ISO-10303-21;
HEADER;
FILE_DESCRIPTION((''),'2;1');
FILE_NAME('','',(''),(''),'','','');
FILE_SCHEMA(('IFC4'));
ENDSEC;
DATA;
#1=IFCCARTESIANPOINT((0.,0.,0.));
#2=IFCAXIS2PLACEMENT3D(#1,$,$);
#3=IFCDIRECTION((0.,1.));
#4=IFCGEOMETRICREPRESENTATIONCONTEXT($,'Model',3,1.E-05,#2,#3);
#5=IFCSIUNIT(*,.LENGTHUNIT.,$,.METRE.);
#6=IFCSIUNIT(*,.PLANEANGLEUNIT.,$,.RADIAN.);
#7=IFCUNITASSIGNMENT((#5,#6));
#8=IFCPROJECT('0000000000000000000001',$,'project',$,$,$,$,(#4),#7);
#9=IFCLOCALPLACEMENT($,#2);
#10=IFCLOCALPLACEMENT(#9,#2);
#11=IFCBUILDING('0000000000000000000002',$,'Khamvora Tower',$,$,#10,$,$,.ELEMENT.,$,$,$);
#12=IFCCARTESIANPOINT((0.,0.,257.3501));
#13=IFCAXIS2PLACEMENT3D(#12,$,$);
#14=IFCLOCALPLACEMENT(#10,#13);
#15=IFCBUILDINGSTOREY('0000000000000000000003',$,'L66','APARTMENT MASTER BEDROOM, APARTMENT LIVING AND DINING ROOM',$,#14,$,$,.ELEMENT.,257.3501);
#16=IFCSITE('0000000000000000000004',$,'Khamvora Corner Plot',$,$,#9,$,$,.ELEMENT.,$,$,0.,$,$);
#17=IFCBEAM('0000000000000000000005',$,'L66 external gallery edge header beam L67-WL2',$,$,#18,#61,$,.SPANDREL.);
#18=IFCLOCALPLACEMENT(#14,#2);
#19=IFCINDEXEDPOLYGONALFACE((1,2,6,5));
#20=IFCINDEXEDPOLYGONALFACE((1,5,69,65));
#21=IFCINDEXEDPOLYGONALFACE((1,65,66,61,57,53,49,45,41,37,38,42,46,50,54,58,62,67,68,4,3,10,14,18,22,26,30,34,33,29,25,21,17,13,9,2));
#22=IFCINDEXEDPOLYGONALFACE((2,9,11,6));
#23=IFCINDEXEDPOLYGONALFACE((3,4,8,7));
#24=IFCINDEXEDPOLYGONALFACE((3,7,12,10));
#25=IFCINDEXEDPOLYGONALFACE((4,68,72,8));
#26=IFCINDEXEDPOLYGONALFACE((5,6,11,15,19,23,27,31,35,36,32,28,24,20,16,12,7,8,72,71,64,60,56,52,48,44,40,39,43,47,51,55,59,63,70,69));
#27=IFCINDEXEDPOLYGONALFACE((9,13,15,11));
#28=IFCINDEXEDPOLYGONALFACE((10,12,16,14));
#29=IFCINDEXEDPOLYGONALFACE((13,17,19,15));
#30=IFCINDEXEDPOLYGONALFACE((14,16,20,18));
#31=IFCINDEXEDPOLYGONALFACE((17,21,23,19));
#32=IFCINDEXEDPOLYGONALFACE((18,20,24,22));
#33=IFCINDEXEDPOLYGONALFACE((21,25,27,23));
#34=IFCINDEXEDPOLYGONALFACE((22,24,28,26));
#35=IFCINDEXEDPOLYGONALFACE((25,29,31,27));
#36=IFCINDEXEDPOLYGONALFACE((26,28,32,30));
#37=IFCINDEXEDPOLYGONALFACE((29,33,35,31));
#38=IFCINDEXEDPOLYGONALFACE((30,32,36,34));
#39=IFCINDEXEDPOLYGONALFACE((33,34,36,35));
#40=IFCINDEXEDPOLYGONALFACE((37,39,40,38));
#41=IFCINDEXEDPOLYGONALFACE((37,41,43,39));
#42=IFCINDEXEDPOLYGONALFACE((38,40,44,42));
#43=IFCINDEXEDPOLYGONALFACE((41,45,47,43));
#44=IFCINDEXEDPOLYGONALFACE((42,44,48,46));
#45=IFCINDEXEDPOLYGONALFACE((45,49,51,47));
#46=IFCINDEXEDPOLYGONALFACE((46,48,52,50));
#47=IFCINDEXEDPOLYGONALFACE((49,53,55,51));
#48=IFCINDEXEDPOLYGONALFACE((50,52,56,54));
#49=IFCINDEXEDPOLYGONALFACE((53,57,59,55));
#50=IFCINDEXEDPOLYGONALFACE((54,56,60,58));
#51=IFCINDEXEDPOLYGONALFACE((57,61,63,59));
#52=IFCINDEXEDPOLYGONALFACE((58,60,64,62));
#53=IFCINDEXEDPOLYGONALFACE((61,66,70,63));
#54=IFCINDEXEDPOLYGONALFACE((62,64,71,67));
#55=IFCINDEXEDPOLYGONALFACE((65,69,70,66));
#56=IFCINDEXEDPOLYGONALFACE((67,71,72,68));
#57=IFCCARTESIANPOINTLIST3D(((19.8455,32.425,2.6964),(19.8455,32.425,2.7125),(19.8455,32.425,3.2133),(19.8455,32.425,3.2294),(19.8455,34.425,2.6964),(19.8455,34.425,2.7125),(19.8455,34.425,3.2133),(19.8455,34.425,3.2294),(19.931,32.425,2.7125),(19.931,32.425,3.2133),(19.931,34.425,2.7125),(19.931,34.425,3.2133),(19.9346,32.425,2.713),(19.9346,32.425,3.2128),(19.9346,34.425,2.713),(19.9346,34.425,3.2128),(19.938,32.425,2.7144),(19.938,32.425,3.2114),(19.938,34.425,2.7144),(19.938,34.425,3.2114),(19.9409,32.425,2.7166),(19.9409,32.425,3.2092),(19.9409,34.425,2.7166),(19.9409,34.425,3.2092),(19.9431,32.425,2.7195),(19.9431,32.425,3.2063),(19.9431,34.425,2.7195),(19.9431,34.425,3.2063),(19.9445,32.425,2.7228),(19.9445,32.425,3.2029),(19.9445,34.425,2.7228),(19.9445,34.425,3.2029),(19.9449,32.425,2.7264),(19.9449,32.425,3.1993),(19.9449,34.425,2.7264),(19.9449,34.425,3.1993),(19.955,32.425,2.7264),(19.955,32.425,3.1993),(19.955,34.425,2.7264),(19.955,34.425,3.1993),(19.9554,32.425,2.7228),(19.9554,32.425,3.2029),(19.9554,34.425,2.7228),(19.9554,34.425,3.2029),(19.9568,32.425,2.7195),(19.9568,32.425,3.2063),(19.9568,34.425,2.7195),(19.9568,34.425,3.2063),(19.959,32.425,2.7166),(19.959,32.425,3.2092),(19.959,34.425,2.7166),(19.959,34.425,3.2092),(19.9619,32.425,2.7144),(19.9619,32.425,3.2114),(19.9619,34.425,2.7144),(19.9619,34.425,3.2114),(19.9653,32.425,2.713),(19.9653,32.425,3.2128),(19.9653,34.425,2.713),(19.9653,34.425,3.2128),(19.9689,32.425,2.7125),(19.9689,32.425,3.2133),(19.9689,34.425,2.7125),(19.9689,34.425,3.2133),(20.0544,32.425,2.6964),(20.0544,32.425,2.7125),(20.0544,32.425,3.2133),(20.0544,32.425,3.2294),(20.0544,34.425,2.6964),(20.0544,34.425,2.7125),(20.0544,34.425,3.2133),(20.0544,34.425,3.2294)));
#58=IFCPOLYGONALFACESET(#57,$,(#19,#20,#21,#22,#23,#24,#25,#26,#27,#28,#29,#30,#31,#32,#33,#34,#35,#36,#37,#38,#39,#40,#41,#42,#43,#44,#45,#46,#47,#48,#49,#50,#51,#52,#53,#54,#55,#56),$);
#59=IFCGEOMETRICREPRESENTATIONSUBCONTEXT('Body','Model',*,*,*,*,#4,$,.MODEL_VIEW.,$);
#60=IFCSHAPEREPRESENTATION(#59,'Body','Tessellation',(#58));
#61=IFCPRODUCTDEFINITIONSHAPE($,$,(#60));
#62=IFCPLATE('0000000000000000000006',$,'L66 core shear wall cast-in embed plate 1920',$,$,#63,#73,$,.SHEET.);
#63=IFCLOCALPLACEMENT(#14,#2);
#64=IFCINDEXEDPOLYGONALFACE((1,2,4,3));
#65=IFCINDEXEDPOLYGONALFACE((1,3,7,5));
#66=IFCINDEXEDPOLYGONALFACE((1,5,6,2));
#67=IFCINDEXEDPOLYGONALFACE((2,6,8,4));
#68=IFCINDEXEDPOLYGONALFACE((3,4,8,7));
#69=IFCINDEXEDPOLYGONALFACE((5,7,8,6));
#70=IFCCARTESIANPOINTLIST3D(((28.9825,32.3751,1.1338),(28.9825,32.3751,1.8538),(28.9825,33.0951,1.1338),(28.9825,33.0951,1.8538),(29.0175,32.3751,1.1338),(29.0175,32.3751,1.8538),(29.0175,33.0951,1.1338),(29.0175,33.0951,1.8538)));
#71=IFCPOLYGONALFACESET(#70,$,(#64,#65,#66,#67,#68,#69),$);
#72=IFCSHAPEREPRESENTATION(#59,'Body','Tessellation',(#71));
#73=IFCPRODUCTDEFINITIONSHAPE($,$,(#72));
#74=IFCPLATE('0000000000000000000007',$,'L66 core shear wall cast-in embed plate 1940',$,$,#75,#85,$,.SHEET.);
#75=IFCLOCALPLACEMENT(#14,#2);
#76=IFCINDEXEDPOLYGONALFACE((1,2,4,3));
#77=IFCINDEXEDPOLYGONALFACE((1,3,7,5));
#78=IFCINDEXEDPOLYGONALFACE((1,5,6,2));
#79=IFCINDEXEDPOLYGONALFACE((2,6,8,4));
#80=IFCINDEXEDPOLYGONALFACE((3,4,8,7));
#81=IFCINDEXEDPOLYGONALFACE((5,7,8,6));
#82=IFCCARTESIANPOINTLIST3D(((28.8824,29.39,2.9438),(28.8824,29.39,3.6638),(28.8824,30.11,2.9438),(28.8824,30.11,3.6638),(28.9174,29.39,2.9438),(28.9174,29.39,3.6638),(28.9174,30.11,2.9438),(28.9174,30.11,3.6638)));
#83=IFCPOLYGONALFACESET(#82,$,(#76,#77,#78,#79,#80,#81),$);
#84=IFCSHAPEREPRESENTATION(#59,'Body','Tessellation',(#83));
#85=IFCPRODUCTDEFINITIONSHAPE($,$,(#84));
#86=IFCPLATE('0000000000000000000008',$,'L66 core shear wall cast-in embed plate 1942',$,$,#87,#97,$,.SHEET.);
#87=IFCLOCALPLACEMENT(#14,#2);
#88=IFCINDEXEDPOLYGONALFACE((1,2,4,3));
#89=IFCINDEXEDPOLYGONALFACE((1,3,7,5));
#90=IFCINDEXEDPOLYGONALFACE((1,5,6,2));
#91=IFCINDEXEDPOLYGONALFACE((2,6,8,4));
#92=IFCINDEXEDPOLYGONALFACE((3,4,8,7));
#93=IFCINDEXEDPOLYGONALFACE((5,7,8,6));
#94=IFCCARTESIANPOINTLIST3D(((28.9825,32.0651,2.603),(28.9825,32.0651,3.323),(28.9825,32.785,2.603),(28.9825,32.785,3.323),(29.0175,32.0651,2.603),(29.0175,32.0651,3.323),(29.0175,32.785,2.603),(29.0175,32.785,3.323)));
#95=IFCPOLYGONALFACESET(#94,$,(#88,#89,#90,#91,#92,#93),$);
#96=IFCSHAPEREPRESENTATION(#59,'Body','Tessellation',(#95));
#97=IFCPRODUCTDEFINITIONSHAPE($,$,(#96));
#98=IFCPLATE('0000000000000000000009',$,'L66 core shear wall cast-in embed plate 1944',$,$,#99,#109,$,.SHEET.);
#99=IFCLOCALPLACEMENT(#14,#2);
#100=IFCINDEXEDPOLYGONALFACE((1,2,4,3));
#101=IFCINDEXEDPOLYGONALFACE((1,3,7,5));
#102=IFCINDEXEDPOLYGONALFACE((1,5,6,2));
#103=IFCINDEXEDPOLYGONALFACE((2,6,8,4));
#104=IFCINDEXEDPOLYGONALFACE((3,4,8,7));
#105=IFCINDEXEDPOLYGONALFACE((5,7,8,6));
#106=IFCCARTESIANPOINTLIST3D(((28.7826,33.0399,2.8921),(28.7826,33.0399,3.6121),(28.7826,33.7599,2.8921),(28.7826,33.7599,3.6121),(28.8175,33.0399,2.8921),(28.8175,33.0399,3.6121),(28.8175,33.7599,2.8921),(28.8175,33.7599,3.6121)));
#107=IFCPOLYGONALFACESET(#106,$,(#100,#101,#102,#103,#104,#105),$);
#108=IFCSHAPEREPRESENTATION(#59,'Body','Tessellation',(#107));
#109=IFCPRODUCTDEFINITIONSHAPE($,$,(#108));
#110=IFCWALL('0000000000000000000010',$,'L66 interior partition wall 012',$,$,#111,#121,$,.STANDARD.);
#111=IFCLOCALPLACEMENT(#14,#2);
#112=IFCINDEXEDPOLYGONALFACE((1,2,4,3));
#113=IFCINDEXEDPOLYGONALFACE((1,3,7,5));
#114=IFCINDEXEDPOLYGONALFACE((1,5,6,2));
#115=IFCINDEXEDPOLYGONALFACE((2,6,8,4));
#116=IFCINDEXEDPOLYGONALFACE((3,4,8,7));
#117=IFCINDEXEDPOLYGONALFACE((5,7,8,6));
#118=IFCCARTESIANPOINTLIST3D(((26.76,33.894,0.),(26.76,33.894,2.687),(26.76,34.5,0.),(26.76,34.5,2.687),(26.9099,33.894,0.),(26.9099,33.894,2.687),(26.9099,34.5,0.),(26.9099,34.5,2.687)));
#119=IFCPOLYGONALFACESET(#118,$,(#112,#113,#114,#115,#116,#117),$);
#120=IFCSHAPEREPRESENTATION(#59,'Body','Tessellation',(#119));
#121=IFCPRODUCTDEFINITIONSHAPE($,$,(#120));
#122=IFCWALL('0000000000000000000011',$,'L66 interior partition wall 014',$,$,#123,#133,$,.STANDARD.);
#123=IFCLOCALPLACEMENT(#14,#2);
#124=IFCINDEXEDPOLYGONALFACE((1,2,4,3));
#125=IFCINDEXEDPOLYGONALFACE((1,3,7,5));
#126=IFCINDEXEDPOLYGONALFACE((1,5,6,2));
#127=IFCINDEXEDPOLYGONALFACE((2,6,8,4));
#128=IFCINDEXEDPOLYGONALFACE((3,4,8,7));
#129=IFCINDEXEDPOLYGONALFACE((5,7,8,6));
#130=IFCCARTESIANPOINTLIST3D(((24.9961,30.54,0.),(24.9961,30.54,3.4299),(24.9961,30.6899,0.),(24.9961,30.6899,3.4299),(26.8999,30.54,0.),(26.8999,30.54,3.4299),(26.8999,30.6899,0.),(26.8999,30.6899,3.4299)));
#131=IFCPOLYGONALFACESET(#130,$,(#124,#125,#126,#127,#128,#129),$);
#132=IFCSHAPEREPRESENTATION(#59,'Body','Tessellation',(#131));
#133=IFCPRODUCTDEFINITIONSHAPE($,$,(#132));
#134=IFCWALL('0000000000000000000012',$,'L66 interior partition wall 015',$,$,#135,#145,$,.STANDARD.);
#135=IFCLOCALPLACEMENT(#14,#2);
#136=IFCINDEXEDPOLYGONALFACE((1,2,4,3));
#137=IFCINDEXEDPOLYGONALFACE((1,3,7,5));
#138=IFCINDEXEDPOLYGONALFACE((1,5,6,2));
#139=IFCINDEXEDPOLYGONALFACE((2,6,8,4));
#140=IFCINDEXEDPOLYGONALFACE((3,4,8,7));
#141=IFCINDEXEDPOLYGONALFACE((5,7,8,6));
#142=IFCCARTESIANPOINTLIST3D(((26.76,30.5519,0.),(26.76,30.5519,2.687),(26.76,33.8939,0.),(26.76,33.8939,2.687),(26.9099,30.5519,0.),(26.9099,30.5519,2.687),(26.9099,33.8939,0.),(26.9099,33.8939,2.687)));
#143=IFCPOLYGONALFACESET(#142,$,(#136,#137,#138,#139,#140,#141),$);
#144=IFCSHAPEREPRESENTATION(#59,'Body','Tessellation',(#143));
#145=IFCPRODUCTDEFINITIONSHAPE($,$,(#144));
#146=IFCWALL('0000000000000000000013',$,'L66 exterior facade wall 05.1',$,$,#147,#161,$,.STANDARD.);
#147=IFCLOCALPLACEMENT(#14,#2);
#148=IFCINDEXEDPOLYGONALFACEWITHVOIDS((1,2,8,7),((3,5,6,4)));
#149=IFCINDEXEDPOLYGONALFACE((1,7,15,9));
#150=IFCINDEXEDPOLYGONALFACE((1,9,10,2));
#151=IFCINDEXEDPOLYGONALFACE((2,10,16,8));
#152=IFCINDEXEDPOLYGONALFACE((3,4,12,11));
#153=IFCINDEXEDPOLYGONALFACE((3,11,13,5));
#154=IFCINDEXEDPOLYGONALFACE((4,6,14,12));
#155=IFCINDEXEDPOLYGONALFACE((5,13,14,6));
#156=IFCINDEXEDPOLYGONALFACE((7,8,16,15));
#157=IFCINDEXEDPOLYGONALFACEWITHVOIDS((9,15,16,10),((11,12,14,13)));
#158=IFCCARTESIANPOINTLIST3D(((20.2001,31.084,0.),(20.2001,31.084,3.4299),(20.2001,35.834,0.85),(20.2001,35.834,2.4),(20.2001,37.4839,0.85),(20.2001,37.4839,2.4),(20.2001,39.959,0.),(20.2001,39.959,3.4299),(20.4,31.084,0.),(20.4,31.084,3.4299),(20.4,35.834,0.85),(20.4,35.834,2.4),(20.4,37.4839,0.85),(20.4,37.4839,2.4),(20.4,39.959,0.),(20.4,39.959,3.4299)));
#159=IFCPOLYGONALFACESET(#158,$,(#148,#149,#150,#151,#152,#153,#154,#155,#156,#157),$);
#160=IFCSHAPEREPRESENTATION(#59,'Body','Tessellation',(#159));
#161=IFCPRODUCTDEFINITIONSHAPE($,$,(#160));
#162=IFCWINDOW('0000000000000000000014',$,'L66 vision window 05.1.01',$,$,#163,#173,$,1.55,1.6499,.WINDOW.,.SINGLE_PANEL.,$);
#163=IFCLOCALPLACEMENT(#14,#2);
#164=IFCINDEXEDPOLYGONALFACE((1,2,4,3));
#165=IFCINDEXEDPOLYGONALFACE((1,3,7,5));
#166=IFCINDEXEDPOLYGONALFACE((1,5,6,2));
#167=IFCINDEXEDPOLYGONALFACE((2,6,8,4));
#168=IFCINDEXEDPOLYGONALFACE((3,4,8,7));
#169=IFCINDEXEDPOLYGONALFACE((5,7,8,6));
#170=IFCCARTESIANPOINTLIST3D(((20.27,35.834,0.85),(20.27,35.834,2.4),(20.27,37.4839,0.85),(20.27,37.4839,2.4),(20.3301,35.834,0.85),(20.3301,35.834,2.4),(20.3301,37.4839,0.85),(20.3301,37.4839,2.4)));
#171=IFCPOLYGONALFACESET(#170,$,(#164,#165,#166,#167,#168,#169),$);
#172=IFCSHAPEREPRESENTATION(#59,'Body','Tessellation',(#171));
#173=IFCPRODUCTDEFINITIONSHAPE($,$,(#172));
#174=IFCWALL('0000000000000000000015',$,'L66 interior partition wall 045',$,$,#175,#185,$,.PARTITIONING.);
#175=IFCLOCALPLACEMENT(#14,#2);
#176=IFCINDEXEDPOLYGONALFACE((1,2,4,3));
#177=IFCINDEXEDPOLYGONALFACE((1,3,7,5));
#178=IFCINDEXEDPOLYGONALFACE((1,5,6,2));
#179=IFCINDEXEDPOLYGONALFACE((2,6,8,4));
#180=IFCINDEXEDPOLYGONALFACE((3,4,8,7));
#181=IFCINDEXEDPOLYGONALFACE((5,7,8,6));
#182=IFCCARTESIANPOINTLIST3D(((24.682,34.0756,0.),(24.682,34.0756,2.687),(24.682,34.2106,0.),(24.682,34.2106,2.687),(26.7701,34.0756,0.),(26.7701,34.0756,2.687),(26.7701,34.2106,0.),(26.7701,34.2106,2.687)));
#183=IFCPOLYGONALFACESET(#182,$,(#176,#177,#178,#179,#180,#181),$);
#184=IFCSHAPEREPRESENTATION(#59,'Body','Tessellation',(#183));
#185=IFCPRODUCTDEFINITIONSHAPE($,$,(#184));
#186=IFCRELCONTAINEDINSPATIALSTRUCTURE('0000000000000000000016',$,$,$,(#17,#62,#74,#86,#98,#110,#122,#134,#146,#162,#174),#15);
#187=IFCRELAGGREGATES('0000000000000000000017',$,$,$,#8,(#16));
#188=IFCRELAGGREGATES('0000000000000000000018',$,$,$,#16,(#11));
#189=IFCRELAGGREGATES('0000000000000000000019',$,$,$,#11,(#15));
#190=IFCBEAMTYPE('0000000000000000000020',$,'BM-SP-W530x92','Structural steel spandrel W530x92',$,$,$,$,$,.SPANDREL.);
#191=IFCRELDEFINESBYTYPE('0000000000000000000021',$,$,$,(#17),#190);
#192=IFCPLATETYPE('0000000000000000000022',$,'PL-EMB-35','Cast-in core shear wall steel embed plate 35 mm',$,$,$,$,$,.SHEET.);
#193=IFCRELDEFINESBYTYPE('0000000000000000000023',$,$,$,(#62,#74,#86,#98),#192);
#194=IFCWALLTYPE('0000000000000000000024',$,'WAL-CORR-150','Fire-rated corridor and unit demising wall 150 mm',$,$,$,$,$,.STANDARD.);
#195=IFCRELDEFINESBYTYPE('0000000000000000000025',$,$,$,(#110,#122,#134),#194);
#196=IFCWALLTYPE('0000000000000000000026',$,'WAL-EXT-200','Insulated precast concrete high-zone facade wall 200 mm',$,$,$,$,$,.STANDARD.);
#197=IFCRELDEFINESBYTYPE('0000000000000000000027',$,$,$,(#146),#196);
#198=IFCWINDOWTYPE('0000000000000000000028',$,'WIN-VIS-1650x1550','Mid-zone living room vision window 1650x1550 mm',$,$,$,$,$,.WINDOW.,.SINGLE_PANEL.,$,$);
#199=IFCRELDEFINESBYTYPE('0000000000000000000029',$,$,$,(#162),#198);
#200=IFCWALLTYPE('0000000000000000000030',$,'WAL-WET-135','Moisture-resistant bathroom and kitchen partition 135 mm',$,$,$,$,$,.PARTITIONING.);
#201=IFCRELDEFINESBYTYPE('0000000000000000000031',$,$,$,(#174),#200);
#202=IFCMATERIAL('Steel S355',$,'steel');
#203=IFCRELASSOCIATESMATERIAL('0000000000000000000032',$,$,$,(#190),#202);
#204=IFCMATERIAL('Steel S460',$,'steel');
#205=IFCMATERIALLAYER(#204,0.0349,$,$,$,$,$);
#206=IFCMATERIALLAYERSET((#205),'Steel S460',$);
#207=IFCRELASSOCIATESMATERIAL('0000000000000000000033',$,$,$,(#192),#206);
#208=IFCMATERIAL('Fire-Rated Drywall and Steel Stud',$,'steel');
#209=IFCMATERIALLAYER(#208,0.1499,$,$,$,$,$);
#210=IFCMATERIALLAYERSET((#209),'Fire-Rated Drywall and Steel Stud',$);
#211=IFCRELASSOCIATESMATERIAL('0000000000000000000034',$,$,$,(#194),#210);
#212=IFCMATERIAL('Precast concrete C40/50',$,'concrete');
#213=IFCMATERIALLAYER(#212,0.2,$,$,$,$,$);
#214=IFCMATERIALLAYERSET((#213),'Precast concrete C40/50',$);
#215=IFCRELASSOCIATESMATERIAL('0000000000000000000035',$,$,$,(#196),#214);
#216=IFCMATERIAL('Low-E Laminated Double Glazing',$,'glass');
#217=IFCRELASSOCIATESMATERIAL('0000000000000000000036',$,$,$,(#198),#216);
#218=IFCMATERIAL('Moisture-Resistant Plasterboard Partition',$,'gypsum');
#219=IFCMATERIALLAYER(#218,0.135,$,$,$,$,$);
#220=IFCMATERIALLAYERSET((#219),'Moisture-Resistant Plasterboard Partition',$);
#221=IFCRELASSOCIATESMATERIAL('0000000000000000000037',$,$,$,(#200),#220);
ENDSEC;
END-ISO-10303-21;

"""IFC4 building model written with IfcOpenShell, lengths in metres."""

from ifc_helpers import new_model, si_unit, direction, frame, frame_2d, origin, origin_2d, place, context, subcontext, project, spatial, rectangle, i_section, extrude, material, layer, layer_set, material_profile, profile_set, type_object, element, fill, save


model = new_model("IFC4")

# Units and contexts
model_context = context("Model", 3, precision=1e-05, world=origin(), true_north=direction((0.0, 1.0)))
body_context = subcontext(model_context, "Body", "Model", "MODEL_VIEW")
ifc_project = project(units=[si_unit("LENGTHUNIT", "METRE"), si_unit("PLANEANGLEUNIT", "RADIAN")], contexts=[model_context])

# Site, building, storey
site_placement = place(None, origin())
site = spatial("IfcSite", under=ifc_project, at=site_placement, Name="Khamvora Corner Plot", CompositionType="ELEMENT", RefElevation=0.0)
building_placement = place(site_placement, origin())
building = spatial("IfcBuilding", under=site, at=building_placement, Name="Khamvora Tower", CompositionType="ELEMENT")
storey_placement = place(building_placement, frame((0.0, 0.0, 257.3501)))
storey = spatial("IfcBuildingStorey", under=building, at=storey_placement, Name="L66", Description="APARTMENT MASTER BEDROOM, APARTMENT LIVING AND DINING ROOM", CompositionType="ELEMENT", Elevation=257.3501)

# Beam
ifc_material_1 = material(Name="Steel S355", Category="steel")
ifc_material_profile_1 = material_profile(ifc_material_1, i_section(OverallWidth=0.209, OverallDepth=0.533, WebThickness=0.01, FlangeThickness=0.0161, FilletRadius=0.0139, at=origin_2d()), Name="W530x92")
ifc_profile_set_1 = profile_set([ifc_material_profile_1], Name="Steel S355")
beam_type_1 = type_object("IfcBeamType", Name="BM-SP-W530x92", Description="Structural steel spandrel W530x92", PredefinedType="SPANDREL", material=ifc_profile_set_1)
beam_1_placement = place(storey_placement, frame((19.95, 32.425, 2.9629), z_axis=(0.0, 1.0, 0.0), x_axis=(-1.0, 0.0, 0.0)))
element("IfcBeam", 1, at=beam_1_placement, inside=storey, type_object=beam_type_1, Name="L66 external gallery edge header beam L67-WL2", PredefinedType="SPANDREL", context=body_context, shape_type="SweptSolid", body=[
    extrude(i_section(OverallWidth=0.209, OverallDepth=0.533, WebThickness=0.01, FlangeThickness=0.0161, FilletRadius=0.0139, at=origin_2d()), origin(), (0.0, 0.0, 1.0), 2.0),
])

# Plates
ifc_material_2 = material(Name="Steel S460", Category="steel")
ifc_layer_1 = layer(ifc_material_2, 0.0349)
ifc_layer_set_1 = layer_set([ifc_layer_1], Name="Steel S460")
plate_type = type_object("IfcPlateType", Name="PL-EMB-35", Description="Cast-in core shear wall steel embed plate 35 mm", PredefinedType="SHEET", material=ifc_layer_set_1)
for number, where, z_axis, x_axis, name in (
    (2, (29.0, 32.7351, 1.1338), (0.0, 0.0, 1.0), (1.0, 0.0, 0.0), "L66 core shear wall cast-in embed plate 1920"),
    (3, (28.8999, 29.75, 2.9438), (0.0, 0.0, 1.0), (1.0, 0.0, 0.0), "L66 core shear wall cast-in embed plate 1940"),
    (4, (29.0, 32.425, 2.603), (0.0, 0.0, 1.0), (1.0, 0.0, 0.0), "L66 core shear wall cast-in embed plate 1942"),
    (5, (28.8, 33.3999, 2.8921), (0.0, 0.0, 1.0), (1.0, 0.0, 0.0), "L66 core shear wall cast-in embed plate 1944"),
):
    element("IfcPlate", number, at=place(storey_placement, frame(where, z_axis=z_axis, x_axis=x_axis)), inside=storey, type_object=plate_type, Name=name, PredefinedType="SHEET", context=body_context, shape_type="SweptSolid", body=[
        extrude(rectangle(XDim=0.0349, YDim=0.72, at=origin_2d()), origin(), (0.0, 0.0, 1.0), 0.72),
    ])

# Shared definitions
ifc_material_3 = material(Name="Fire-Rated Drywall and Steel Stud", Category="steel")
ifc_layer_2 = layer(ifc_material_3, 0.1499)
ifc_layer_set_2 = layer_set([ifc_layer_2], Name="Fire-Rated Drywall and Steel Stud")
wall_type_1 = type_object("IfcWallType", Name="WAL-CORR-150", Description="Fire-rated corridor and unit demising wall 150 mm", PredefinedType="STANDARD", material=ifc_layer_set_2)

# Walls
wall_1_placement = place(storey_placement, frame((26.835, 33.894, 0.0), z_axis=(0.0, 0.0, 1.0), x_axis=(0.0, 1.0, 0.0)))
element("IfcWall", 6, at=wall_1_placement, inside=storey, type_object=wall_type_1, Name="L66 interior partition wall 012", PredefinedType="STANDARD", context=body_context, shape_type="SweptSolid", body=[
    extrude(rectangle(XDim=0.606, YDim=0.1499, at=frame_2d((0.303, 0.0))), origin(), (0.0, 0.0, 1.0), 2.687),
])
wall_2_placement = place(storey_placement, frame((24.9961, 30.615, 0.0), z_axis=(0.0, 0.0, 1.0), x_axis=(1.0, 0.0, 0.0)))
element("IfcWall", 7, at=wall_2_placement, inside=storey, type_object=wall_type_1, Name="L66 interior partition wall 014", PredefinedType="STANDARD", context=body_context, shape_type="SweptSolid", body=[
    extrude(rectangle(XDim=1.9038, YDim=0.1499, at=frame_2d((0.9519, 0.0))), origin(), (0.0, 0.0, 1.0), 3.4299),
])
wall_3_placement = place(storey_placement, frame((26.835, 30.552, 0.0), z_axis=(0.0, 0.0, 1.0), x_axis=(0.0, 1.0, 0.0)))
element("IfcWall", 8, at=wall_3_placement, inside=storey, type_object=wall_type_1, Name="L66 interior partition wall 015", PredefinedType="STANDARD", context=body_context, shape_type="SweptSolid", body=[
    extrude(rectangle(XDim=3.342, YDim=0.1499, at=frame_2d((1.6709, 0.0))), origin(), (0.0, 0.0, 1.0), 2.687),
])

# Wall, opening, window
ifc_material_4 = material(Name="Precast concrete C40/50", Category="concrete")
ifc_layer_3 = layer(ifc_material_4, 0.2)
ifc_layer_set_3 = layer_set([ifc_layer_3], Name="Precast concrete C40/50")
wall_type_2 = type_object("IfcWallType", Name="WAL-EXT-200", Description="Insulated precast concrete high-zone facade wall 200 mm", PredefinedType="STANDARD", material=ifc_layer_set_3)
wall_4_placement = place(storey_placement, frame((20.3, 31.084, 0.0), z_axis=(0.0, 0.0, 1.0), x_axis=(0.0, 1.0, 0.0)))
wall_4 = element("IfcWall", 9, at=wall_4_placement, inside=storey, type_object=wall_type_2, Name="L66 exterior facade wall 05.1", PredefinedType="STANDARD", context=body_context, shape_type="SweptSolid", body=[
    extrude(rectangle(XDim=8.875, YDim=0.2, at=frame_2d((4.4375, 0.0))), origin(), (0.0, 0.0, 1.0), 3.4299),
])
opening_1_placement = place(wall_4_placement, frame((4.75, 0.0, 0.8501)))
opening_1 = element("IfcOpeningElement", 10, at=opening_1_placement, cuts=wall_4, PredefinedType="OPENING", context=body_context, shape_type="SweptSolid", body=[
    extrude(rectangle(XDim=1.6499, YDim=1.55, at=frame_2d((0.825, 0.7749))), frame((0.0, 0.1099, 0.0), z_axis=(0.0, -1.0, 0.0), x_axis=(1.0, 0.0, 0.0)), (0.0, 0.0, 1.0), 0.22),
])
ifc_material_5 = material(Name="Low-E Laminated Double Glazing", Category="glass")
window_type = type_object("IfcWindowType", Name="WIN-VIS-1650x1550", Description="Mid-zone living room vision window 1650x1550 mm", PartitioningType="SINGLE_PANEL", PredefinedType="WINDOW", material=ifc_material_5)
window_placement = place(opening_1_placement, origin())
window = element("IfcWindow", 11, at=window_placement, inside=storey, type_object=window_type, Name="L66 vision window 05.1.01", OverallHeight=1.55, OverallWidth=1.6499, PartitioningType="SINGLE_PANEL", PredefinedType="WINDOW", context=body_context, shape_type="SweptSolid", body=[
    extrude(rectangle(XDim=1.6499, YDim=1.55, at=frame_2d((0.825, 0.7749))), frame((0.0, 0.03, 0.0), z_axis=(0.0, -1.0, 0.0), x_axis=(1.0, 0.0, 0.0)), (0.0, 0.0, 1.0), 0.0601),
])
fill(opening_1, window)

# Wall
ifc_material_6 = material(Name="Moisture-Resistant Plasterboard Partition", Category="gypsum")
ifc_layer_4 = layer(ifc_material_6, 0.135)
ifc_layer_set_4 = layer_set([ifc_layer_4], Name="Moisture-Resistant Plasterboard Partition")
wall_type_3 = type_object("IfcWallType", Name="WAL-WET-135", Description="Moisture-resistant bathroom and kitchen partition 135 mm", PredefinedType="PARTITIONING", material=ifc_layer_set_4)
wall_5_placement = place(storey_placement, frame((26.77, 34.1431, 0.0), z_axis=(0.0, 0.0, 1.0), x_axis=(-1.0, 0.0, 0.0)))
element("IfcWall", 12, at=wall_5_placement, inside=storey, type_object=wall_type_3, Name="L66 interior partition wall 045", PredefinedType="PARTITIONING", context=body_context, shape_type="SweptSolid", body=[
    extrude(rectangle(XDim=2.0881, YDim=0.135, at=frame_2d((1.0439, 0.0))), origin(), (0.0, 0.0, 1.0), 2.687),
])

save(model, "model.ifc")
